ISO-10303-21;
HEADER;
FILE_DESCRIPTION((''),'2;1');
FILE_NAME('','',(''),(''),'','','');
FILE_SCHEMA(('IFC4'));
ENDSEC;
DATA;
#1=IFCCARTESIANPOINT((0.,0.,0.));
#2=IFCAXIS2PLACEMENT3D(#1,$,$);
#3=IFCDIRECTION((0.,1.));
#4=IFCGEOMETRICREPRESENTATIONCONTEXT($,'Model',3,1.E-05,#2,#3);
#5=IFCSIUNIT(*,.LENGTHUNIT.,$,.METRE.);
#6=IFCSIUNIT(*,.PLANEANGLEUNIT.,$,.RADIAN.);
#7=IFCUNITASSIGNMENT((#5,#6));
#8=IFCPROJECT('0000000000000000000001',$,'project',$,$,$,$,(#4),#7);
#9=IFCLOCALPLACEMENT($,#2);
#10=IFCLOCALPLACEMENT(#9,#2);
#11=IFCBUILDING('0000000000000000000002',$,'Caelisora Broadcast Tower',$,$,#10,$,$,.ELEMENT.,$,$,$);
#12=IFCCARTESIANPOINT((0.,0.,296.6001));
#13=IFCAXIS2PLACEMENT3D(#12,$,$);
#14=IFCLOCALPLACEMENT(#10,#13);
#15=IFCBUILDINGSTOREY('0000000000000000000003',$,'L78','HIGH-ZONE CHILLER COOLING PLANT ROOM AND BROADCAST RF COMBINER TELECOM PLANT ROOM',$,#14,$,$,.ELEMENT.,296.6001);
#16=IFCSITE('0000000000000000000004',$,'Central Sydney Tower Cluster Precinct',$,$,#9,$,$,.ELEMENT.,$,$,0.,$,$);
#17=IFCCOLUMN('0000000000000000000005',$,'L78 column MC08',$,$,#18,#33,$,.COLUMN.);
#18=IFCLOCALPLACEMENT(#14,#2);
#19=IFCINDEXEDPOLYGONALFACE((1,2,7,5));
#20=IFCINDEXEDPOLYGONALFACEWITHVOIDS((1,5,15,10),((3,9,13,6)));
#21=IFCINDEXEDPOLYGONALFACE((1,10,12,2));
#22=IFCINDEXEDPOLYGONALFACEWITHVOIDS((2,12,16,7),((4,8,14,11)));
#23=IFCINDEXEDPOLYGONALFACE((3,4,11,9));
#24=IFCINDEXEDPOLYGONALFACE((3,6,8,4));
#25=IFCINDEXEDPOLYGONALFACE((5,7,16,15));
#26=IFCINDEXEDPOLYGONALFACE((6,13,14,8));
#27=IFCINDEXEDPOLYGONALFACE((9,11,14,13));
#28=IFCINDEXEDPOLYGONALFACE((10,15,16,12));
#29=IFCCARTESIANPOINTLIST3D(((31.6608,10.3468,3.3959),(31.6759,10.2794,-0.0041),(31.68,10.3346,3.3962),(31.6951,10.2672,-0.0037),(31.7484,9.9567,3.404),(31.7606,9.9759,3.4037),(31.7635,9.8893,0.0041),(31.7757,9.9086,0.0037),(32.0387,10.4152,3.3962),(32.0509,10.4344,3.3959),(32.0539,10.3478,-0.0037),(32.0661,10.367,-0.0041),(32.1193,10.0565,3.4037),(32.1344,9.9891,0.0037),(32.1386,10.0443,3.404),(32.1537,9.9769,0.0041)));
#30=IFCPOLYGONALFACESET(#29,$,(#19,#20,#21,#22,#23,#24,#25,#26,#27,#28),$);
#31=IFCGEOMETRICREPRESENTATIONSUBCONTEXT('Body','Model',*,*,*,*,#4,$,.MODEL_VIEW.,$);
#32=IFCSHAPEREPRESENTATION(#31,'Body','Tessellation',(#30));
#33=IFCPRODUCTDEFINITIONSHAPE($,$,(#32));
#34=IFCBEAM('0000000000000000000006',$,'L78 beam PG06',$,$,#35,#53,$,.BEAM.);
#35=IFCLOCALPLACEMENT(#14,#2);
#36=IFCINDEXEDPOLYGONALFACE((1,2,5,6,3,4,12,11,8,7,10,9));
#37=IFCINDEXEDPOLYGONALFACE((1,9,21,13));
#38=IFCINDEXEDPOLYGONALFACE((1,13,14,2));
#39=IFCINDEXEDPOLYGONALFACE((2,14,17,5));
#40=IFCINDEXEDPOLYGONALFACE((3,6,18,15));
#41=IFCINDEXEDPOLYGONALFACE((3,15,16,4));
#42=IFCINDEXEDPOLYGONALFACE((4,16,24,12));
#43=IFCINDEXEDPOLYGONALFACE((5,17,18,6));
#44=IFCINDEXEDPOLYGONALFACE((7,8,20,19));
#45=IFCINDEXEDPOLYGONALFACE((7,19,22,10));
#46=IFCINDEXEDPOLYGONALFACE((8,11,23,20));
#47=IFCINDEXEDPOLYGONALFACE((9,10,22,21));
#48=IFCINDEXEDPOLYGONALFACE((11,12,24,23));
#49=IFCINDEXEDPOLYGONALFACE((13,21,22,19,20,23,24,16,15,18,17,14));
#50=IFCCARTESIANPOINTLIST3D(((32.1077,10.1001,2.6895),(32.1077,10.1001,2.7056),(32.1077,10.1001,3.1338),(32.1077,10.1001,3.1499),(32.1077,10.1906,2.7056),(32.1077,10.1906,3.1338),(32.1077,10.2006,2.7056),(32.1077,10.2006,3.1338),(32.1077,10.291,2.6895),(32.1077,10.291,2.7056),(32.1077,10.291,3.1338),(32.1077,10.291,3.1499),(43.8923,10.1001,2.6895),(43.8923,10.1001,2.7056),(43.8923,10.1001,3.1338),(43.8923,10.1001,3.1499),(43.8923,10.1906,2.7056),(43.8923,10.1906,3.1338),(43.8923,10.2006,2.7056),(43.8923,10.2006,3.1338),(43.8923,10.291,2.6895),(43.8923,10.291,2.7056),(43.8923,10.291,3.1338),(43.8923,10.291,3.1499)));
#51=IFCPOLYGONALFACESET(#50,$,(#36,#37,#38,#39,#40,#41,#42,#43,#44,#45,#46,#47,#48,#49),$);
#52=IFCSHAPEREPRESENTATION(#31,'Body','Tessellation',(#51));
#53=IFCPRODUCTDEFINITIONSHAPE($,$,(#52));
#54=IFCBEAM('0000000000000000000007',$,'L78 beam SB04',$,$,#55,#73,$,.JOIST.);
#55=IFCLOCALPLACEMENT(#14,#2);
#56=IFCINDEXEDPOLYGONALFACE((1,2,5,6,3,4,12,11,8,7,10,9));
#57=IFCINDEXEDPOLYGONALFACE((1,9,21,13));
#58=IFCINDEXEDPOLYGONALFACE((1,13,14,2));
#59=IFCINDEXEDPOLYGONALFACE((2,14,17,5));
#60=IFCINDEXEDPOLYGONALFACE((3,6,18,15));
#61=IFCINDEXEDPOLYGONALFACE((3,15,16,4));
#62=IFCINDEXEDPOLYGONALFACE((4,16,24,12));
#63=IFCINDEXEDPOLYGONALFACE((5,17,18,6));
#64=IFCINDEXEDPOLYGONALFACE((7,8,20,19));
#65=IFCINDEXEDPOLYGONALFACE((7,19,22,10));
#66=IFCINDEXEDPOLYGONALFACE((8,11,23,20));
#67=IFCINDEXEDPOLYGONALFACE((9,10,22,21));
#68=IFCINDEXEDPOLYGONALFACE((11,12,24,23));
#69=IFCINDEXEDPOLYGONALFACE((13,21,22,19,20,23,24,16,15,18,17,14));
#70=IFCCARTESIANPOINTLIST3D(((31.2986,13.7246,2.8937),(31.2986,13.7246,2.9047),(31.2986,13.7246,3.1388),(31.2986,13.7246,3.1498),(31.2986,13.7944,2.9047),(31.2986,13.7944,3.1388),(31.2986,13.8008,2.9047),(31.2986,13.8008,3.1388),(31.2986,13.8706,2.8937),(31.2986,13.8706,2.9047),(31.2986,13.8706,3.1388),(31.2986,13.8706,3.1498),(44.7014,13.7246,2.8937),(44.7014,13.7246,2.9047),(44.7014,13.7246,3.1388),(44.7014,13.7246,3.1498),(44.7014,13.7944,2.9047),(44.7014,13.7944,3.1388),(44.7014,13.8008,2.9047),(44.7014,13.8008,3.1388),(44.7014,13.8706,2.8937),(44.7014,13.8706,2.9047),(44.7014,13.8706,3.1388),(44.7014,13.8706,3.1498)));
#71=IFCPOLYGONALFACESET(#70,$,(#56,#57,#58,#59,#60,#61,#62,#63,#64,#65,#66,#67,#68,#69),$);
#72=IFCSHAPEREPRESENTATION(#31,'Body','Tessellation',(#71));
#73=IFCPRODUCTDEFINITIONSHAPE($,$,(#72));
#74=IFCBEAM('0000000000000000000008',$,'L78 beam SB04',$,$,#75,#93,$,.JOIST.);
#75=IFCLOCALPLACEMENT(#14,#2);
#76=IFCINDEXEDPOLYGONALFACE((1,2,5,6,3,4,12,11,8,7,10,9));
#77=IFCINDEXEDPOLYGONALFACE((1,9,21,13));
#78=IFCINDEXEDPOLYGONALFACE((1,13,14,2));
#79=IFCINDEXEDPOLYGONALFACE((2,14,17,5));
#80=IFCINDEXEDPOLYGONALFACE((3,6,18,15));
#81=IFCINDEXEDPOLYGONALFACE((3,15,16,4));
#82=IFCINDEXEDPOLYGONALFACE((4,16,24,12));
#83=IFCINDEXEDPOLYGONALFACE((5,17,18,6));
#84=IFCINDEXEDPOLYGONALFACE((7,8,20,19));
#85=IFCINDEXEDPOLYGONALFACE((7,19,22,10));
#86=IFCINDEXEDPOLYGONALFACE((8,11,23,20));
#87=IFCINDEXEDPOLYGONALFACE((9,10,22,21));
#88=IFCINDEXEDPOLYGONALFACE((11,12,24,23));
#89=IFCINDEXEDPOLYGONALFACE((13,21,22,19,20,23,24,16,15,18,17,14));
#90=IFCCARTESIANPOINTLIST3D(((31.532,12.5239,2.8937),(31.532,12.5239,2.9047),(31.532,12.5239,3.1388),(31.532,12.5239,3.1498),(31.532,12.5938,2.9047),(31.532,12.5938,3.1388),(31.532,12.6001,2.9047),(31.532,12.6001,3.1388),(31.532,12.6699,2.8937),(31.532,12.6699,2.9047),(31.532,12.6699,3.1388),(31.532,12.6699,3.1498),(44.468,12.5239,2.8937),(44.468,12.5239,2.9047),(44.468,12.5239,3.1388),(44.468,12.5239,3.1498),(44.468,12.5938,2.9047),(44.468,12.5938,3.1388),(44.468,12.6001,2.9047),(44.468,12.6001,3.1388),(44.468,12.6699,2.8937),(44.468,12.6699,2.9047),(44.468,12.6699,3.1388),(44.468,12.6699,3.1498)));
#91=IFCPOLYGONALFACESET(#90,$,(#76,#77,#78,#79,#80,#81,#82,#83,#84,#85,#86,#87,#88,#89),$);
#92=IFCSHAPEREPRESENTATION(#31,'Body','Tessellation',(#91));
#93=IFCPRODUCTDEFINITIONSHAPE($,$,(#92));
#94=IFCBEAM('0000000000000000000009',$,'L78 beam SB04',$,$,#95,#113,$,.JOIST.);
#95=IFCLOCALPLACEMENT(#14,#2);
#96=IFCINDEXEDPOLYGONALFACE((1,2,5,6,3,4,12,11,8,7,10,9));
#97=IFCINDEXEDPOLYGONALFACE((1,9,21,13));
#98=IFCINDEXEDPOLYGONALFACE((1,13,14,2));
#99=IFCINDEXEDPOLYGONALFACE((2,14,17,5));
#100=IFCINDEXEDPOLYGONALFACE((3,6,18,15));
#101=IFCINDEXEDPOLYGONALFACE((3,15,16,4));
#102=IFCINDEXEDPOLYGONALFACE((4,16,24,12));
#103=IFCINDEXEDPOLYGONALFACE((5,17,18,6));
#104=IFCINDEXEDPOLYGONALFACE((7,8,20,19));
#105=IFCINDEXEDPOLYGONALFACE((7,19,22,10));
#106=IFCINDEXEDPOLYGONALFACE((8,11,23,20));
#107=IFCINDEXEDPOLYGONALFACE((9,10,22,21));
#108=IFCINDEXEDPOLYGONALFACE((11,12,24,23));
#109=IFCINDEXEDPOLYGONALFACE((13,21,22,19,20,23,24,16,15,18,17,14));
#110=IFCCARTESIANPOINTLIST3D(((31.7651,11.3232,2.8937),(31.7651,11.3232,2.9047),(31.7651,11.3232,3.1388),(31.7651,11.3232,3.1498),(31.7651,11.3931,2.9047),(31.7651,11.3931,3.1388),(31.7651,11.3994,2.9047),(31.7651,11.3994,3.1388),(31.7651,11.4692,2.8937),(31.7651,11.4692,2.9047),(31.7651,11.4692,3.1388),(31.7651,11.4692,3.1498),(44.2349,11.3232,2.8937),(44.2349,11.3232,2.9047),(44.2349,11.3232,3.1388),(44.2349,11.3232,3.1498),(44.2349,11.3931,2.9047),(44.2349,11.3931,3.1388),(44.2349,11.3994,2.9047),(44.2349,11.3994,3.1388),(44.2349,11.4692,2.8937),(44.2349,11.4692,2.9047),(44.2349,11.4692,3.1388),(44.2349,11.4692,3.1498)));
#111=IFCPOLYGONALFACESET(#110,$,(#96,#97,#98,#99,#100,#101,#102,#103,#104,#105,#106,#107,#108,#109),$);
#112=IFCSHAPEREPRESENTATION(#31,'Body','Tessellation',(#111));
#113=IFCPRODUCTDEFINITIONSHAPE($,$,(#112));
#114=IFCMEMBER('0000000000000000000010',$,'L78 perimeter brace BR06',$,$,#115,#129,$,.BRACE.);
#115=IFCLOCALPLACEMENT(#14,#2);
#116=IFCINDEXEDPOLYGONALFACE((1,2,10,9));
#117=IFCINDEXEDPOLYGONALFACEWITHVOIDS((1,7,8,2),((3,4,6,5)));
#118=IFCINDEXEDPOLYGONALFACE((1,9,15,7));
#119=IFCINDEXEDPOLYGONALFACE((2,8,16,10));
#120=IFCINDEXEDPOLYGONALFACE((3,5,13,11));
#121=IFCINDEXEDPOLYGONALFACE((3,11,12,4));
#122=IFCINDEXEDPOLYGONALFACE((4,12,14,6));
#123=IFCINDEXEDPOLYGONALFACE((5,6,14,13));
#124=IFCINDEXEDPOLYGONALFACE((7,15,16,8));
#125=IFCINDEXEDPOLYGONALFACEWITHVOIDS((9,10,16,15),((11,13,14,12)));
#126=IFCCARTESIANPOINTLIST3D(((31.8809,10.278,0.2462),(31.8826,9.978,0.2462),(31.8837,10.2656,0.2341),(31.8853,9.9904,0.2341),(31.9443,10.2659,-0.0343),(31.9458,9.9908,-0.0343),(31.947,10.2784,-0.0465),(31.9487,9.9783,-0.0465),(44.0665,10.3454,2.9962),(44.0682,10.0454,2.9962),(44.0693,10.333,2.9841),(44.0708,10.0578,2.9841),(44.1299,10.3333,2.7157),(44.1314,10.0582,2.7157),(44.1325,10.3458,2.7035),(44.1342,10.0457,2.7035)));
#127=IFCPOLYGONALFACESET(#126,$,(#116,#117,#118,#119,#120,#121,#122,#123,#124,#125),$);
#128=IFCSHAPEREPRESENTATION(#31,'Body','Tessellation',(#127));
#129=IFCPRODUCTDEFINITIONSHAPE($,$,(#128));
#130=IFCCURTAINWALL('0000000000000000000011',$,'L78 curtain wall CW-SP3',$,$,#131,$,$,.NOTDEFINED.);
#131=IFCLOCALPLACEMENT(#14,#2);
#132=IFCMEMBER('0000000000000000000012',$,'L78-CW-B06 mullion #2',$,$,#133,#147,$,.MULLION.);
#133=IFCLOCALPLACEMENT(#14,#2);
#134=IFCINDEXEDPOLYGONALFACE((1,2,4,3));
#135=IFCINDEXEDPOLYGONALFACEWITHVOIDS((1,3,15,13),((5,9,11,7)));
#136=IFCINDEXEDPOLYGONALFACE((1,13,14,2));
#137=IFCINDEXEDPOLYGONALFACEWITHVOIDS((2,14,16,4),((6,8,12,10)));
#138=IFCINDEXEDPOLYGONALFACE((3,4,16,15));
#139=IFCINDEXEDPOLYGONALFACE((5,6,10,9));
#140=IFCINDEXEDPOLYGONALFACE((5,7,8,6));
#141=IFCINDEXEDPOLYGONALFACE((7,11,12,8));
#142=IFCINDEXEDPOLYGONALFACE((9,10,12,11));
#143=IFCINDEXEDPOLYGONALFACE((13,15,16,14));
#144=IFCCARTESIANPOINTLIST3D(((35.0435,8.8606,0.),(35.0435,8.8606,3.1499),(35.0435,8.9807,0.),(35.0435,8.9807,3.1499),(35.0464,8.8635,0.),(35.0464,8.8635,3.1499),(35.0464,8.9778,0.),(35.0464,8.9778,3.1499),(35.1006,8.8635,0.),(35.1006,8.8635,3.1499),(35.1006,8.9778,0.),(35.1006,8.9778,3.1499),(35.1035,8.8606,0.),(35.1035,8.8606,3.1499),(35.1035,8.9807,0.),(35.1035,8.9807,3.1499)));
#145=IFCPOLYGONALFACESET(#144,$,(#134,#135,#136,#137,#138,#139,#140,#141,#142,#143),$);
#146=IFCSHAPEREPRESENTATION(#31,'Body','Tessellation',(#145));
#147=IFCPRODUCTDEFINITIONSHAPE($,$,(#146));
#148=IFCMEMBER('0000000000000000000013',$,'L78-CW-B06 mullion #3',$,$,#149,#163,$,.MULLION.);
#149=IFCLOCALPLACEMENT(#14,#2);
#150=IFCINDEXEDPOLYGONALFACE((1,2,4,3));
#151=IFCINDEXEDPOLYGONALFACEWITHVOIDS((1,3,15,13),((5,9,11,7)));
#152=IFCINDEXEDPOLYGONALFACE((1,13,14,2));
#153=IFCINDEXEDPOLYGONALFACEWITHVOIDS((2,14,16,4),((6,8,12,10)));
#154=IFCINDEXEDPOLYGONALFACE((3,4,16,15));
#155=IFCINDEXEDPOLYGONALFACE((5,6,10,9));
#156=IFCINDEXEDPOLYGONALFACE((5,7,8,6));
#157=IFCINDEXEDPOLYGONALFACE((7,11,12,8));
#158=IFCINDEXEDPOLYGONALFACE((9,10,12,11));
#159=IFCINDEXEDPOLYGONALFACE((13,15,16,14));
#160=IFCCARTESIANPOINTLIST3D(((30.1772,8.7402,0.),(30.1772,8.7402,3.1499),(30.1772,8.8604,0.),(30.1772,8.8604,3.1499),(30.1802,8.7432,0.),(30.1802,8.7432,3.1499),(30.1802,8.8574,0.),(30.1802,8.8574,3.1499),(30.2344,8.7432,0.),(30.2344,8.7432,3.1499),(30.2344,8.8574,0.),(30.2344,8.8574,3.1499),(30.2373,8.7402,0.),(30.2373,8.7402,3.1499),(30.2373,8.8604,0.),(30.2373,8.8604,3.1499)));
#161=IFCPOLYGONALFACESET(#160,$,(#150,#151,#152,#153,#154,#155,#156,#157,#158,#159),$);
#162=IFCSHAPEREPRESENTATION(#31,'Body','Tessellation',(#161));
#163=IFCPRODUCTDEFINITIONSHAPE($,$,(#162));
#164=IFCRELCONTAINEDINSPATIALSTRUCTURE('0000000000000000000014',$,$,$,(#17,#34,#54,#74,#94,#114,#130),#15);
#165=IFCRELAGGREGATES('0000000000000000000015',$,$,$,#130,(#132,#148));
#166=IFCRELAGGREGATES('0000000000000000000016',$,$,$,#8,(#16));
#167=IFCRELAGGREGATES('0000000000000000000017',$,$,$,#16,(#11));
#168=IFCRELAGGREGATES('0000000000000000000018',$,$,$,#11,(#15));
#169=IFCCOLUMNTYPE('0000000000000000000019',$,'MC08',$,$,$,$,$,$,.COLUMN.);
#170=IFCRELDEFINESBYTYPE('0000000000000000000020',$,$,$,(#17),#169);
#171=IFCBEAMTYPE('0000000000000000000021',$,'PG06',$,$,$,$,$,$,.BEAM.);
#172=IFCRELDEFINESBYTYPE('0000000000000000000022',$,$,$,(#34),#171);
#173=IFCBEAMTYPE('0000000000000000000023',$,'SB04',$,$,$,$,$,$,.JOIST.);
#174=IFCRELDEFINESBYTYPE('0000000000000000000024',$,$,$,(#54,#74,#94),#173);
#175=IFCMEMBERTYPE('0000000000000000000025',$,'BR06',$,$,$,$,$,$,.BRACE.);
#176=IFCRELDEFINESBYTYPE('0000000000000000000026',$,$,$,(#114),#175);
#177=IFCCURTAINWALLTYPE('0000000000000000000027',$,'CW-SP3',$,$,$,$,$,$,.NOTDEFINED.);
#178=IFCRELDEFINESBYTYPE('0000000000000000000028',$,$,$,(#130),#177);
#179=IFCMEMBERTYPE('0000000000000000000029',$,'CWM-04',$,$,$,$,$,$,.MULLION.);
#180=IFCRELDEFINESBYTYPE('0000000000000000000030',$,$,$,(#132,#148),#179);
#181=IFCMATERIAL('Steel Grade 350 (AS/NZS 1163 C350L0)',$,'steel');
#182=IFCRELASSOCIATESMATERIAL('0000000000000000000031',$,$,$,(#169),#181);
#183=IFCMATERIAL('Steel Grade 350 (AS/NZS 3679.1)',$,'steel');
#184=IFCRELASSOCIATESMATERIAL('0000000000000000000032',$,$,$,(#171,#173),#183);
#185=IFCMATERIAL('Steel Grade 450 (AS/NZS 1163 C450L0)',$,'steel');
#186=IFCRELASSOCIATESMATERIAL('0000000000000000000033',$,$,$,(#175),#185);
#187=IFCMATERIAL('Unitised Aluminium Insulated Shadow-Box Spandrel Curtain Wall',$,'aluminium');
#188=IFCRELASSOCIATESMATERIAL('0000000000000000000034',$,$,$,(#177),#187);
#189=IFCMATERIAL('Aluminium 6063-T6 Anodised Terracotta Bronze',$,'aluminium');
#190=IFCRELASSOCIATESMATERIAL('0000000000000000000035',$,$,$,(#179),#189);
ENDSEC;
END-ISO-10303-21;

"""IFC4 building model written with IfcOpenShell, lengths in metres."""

from ifc_helpers import new_model, si_unit, direction, frame, origin, origin_2d, place, context, subcontext, project, spatial, hollow_rectangle, i_section, extrude, source, transform, mapped, material, material_profile, profile_set, type_object, type_shapes, element, aggregate, save


model = new_model("IFC4")

# Units and contexts
model_context = context("Model", 3, precision=1e-05, world=origin(), true_north=direction((0.0, 1.0)))
body_context = subcontext(model_context, "Body", "Model", "MODEL_VIEW")
ifc_project = project(units=[si_unit("LENGTHUNIT", "METRE"), si_unit("PLANEANGLEUNIT", "RADIAN")], contexts=[model_context])

# Site, building, storey
site_placement = place(None, origin())
site = spatial("IfcSite", under=ifc_project, at=site_placement, Name="Central Sydney Tower Cluster Precinct", CompositionType="ELEMENT", RefElevation=0.0)
building_placement = place(site_placement, origin())
building = spatial("IfcBuilding", under=site, at=building_placement, Name="Caelisora Broadcast Tower", CompositionType="ELEMENT")
storey_placement = place(building_placement, frame((0.0, 0.0, 296.6001)))
storey = spatial("IfcBuildingStorey", under=building, at=storey_placement, Name="L78", Description="HIGH-ZONE CHILLER COOLING PLANT ROOM AND BROADCAST RF COMBINER TELECOM PLANT ROOM", CompositionType="ELEMENT", Elevation=296.6001)

# Column
ifc_material_1 = material(Name="Steel Grade 350 (AS/NZS 1163 C350L0)", Category="steel")
ifc_material_profile_1 = material_profile(ifc_material_1, hollow_rectangle(XDim=0.3999, YDim=0.3999, WallThickness=0.0161, at=origin_2d()), Name="Steel Grade 350 (AS/NZS 1163 C350L0)")
ifc_profile_set_1 = profile_set([ifc_material_profile_1], Name="Steel Grade 350 (AS/NZS 1163 C350L0)")
column_type = type_object("IfcColumnType", Name="MC08", PredefinedType="COLUMN", material=ifc_profile_set_1)
shared_shape_1 = source(origin(), body_context, "Body", "SweptSolid", [
    extrude(hollow_rectangle(XDim=0.3999, YDim=0.3999, WallThickness=0.0161, at=origin_2d()), origin(), (0.0, 0.0, 1.0), 3.4006),
])
type_shapes(column_type, [shared_shape_1])
column_placement = place(storey_placement, frame((31.9148, 10.1282, 0.0), z_axis=(-0.004451, 0.019815, 0.999794), x_axis=(-0.975685, -0.219176, 0.0)))
element("IfcColumn", 1, at=column_placement, inside=storey, type_object=column_type, Name="L78 column MC08", PredefinedType="COLUMN", context=body_context, shape_type="MappedRepresentation", body=[
    mapped(shared_shape_1, transform((0.0, 0.0, 0.0), scale=1.0)),
])

# Beams
ifc_material_2 = material(Name="Steel Grade 350 (AS/NZS 3679.1)", Category="steel")
ifc_material_profile_2 = material_profile(ifc_material_2, i_section(OverallWidth=0.1909, OverallDepth=0.4604, WebThickness=0.01, FlangeThickness=0.0161, at=origin_2d()), Name="Steel Grade 350 (AS/NZS 3679.1)")
ifc_profile_set_2 = profile_set([ifc_material_profile_2], Name="Steel Grade 350 (AS/NZS 3679.1)")
beam_type_1 = type_object("IfcBeamType", Name="PG06", PredefinedType="BEAM", material=ifc_profile_set_2)
shared_shape_2 = source(origin(), body_context, "Body", "SweptSolid", [
    extrude(i_section(OverallWidth=0.1909, OverallDepth=0.4604, WebThickness=0.01, FlangeThickness=0.0161, at=origin_2d()), origin(), (0.0, 0.0, 1.0), 11.7847),
])
type_shapes(beam_type_1, [shared_shape_2])
beam_1_placement = place(storey_placement, frame((32.1077, 10.1956, 2.9197), z_axis=(1.0, 0.0, 0.0), x_axis=(0.0, 1.0, 0.0)))
element("IfcBeam", 2, at=beam_1_placement, inside=storey, type_object=beam_type_1, Name="L78 beam PG06", PredefinedType="BEAM", context=body_context, shape_type="MappedRepresentation", body=[
    mapped(shared_shape_2, transform((0.0, 0.0, 0.0), scale=1.0)),
])
ifc_material_profile_3 = material_profile(ifc_material_2, i_section(OverallWidth=0.146, OverallDepth=0.2561, WebThickness=0.0063, FlangeThickness=0.011, at=origin_2d()), Name="Steel Grade 350 (AS/NZS 3679.1)")
ifc_profile_set_3 = profile_set([ifc_material_profile_3], Name="Steel Grade 350 (AS/NZS 3679.1)")
beam_type_2 = type_object("IfcBeamType", Name="SB04", PredefinedType="JOIST", material=ifc_profile_set_3)
shared_shape_3 = source(origin(), body_context, "Body", "SweptSolid", [
    extrude(i_section(OverallWidth=0.146, OverallDepth=0.2561, WebThickness=0.0063, FlangeThickness=0.011, at=origin_2d()), origin(), (0.0, 0.0, 1.0), 13.4028),
])
beam_2_placement = place(storey_placement, frame((31.2986, 13.7976, 3.0217), z_axis=(1.0, 0.0, 0.0), x_axis=(0.0, 1.0, 0.0)))
element("IfcBeam", 3, at=beam_2_placement, inside=storey, type_object=beam_type_2, Name="L78 beam SB04", PredefinedType="JOIST", context=body_context, shape_type="MappedRepresentation", body=[
    mapped(shared_shape_3, transform((0.0, 0.0, 0.0), scale=1.0)),
])
shared_shape_4 = source(origin(), body_context, "Body", "SweptSolid", [
    extrude(i_section(OverallWidth=0.146, OverallDepth=0.2561, WebThickness=0.0063, FlangeThickness=0.011, at=origin_2d()), origin(), (0.0, 0.0, 1.0), 12.936),
])
beam_3_placement = place(storey_placement, frame((31.532, 12.5969, 3.0217), z_axis=(1.0, 0.0, 0.0), x_axis=(0.0, 1.0, 0.0)))
element("IfcBeam", 4, at=beam_3_placement, inside=storey, type_object=beam_type_2, Name="L78 beam SB04", PredefinedType="JOIST", context=body_context, shape_type="MappedRepresentation", body=[
    mapped(shared_shape_4, transform((0.0, 0.0, 0.0), scale=1.0)),
])
shared_shape_5 = source(origin(), body_context, "Body", "SweptSolid", [
    extrude(i_section(OverallWidth=0.146, OverallDepth=0.2561, WebThickness=0.0063, FlangeThickness=0.011, at=origin_2d()), origin(), (0.0, 0.0, 1.0), 12.4697),
])
type_shapes(beam_type_2, [shared_shape_3, shared_shape_4, shared_shape_5])
beam_4_placement = place(storey_placement, frame((31.7651, 11.3962, 3.0217), z_axis=(1.0, 0.0, 0.0), x_axis=(0.0, 1.0, 0.0)))
element("IfcBeam", 5, at=beam_4_placement, inside=storey, type_object=beam_type_2, Name="L78 beam SB04", PredefinedType="JOIST", context=body_context, shape_type="MappedRepresentation", body=[
    mapped(shared_shape_5, transform((0.0, 0.0, 0.0), scale=1.0)),
])

# Member
ifc_material_3 = material(Name="Steel Grade 450 (AS/NZS 1163 C450L0)", Category="steel")
ifc_material_profile_4 = material_profile(ifc_material_3, hollow_rectangle(XDim=0.3, YDim=0.3, WallThickness=0.0125, at=origin_2d()), Name="Steel Grade 450 (AS/NZS 1163 C450L0)")
ifc_profile_set_4 = profile_set([ifc_material_profile_4], Name="Steel Grade 450 (AS/NZS 1163 C450L0)")
member_type_1 = type_object("IfcMemberType", Name="BR06", PredefinedType="BRACE", material=ifc_profile_set_4)
shared_shape_6 = source(origin(), body_context, "Body", "SweptSolid", [
    extrude(hollow_rectangle(XDim=0.3, YDim=0.3, WallThickness=0.0125, at=origin_2d()), origin(), (0.0, 0.0, 1.0), 12.4922),
])
type_shapes(member_type_1, [shared_shape_6])
member_1_placement = place(storey_placement, frame((31.9148, 10.1282, 0.0999), z_axis=(0.975454, 0.005394, 0.220138), x_axis=(-0.00553, 0.999985, 0.0)))
element("IfcMember", 6, at=member_1_placement, inside=storey, type_object=member_type_1, Name="L78 perimeter brace BR06", PredefinedType="BRACE", context=body_context, shape_type="MappedRepresentation", body=[
    mapped(shared_shape_6, transform((0.0, 0.0, 0.0), scale=1.0)),
])

# Curtain wall, members
ifc_material_4 = material(Name="Unitised Aluminium Insulated Shadow-Box Spandrel Curtain Wall", Category="aluminium")
curtain_wall_type = type_object("IfcCurtainWallType", Name="CW-SP3", PredefinedType="NOTDEFINED", material=ifc_material_4)
curtain_wall_1_placement = place(storey_placement, origin())
curtain_wall_1 = element("IfcCurtainWall", 7, at=curtain_wall_1_placement, inside=storey, type_object=curtain_wall_type, Name="L78 curtain wall CW-SP3", PredefinedType="NOTDEFINED")
ifc_material_5 = material(Name="Aluminium 6063-T6 Anodised Terracotta Bronze", Category="aluminium")
ifc_material_profile_5 = material_profile(ifc_material_5, hollow_rectangle(XDim=0.0601, YDim=0.1201, WallThickness=0.0029, at=origin_2d()), Name="Aluminium 6063-T6 Anodised Terracotta Bronze")
ifc_profile_set_5 = profile_set([ifc_material_profile_5], Name="Aluminium 6063-T6 Anodised Terracotta Bronze")
member_type_2 = type_object("IfcMemberType", Name="CWM-04", PredefinedType="MULLION", material=ifc_profile_set_5)
shared_shape_7 = source(origin(), body_context, "Body", "SweptSolid", [
    extrude(hollow_rectangle(XDim=0.0601, YDim=0.1201, WallThickness=0.0029, at=origin_2d()), origin(), (0.0, 0.0, 1.0), 3.1499),
])
type_shapes(member_type_2, [shared_shape_7])
member_2_placement = place(storey_placement, frame((35.0735, 8.9207, 0.0), z_axis=(0.0, 0.0, 1.0), x_axis=(1.0, 0.0, 0.0)))
member_2 = element("IfcMember", 8, at=member_2_placement, type_object=member_type_2, Name="L78-CW-B06 mullion #2", PredefinedType="MULLION", context=body_context, shape_type="MappedRepresentation", body=[
    mapped(shared_shape_7, transform((0.0, 0.0, 0.0), scale=1.0)),
])
member_3_placement = place(storey_placement, frame((30.2073, 8.8003, 0.0), z_axis=(0.0, 0.0, 1.0), x_axis=(1.0, 0.0, 0.0)))
member_3 = element("IfcMember", 9, at=member_3_placement, type_object=member_type_2, Name="L78-CW-B06 mullion #3", PredefinedType="MULLION", context=body_context, shape_type="MappedRepresentation", body=[
    mapped(shared_shape_7, transform((0.0, 0.0, 0.0), scale=1.0)),
])

aggregate(curtain_wall_1, [member_2, member_3])

save(model, "model.ifc")
